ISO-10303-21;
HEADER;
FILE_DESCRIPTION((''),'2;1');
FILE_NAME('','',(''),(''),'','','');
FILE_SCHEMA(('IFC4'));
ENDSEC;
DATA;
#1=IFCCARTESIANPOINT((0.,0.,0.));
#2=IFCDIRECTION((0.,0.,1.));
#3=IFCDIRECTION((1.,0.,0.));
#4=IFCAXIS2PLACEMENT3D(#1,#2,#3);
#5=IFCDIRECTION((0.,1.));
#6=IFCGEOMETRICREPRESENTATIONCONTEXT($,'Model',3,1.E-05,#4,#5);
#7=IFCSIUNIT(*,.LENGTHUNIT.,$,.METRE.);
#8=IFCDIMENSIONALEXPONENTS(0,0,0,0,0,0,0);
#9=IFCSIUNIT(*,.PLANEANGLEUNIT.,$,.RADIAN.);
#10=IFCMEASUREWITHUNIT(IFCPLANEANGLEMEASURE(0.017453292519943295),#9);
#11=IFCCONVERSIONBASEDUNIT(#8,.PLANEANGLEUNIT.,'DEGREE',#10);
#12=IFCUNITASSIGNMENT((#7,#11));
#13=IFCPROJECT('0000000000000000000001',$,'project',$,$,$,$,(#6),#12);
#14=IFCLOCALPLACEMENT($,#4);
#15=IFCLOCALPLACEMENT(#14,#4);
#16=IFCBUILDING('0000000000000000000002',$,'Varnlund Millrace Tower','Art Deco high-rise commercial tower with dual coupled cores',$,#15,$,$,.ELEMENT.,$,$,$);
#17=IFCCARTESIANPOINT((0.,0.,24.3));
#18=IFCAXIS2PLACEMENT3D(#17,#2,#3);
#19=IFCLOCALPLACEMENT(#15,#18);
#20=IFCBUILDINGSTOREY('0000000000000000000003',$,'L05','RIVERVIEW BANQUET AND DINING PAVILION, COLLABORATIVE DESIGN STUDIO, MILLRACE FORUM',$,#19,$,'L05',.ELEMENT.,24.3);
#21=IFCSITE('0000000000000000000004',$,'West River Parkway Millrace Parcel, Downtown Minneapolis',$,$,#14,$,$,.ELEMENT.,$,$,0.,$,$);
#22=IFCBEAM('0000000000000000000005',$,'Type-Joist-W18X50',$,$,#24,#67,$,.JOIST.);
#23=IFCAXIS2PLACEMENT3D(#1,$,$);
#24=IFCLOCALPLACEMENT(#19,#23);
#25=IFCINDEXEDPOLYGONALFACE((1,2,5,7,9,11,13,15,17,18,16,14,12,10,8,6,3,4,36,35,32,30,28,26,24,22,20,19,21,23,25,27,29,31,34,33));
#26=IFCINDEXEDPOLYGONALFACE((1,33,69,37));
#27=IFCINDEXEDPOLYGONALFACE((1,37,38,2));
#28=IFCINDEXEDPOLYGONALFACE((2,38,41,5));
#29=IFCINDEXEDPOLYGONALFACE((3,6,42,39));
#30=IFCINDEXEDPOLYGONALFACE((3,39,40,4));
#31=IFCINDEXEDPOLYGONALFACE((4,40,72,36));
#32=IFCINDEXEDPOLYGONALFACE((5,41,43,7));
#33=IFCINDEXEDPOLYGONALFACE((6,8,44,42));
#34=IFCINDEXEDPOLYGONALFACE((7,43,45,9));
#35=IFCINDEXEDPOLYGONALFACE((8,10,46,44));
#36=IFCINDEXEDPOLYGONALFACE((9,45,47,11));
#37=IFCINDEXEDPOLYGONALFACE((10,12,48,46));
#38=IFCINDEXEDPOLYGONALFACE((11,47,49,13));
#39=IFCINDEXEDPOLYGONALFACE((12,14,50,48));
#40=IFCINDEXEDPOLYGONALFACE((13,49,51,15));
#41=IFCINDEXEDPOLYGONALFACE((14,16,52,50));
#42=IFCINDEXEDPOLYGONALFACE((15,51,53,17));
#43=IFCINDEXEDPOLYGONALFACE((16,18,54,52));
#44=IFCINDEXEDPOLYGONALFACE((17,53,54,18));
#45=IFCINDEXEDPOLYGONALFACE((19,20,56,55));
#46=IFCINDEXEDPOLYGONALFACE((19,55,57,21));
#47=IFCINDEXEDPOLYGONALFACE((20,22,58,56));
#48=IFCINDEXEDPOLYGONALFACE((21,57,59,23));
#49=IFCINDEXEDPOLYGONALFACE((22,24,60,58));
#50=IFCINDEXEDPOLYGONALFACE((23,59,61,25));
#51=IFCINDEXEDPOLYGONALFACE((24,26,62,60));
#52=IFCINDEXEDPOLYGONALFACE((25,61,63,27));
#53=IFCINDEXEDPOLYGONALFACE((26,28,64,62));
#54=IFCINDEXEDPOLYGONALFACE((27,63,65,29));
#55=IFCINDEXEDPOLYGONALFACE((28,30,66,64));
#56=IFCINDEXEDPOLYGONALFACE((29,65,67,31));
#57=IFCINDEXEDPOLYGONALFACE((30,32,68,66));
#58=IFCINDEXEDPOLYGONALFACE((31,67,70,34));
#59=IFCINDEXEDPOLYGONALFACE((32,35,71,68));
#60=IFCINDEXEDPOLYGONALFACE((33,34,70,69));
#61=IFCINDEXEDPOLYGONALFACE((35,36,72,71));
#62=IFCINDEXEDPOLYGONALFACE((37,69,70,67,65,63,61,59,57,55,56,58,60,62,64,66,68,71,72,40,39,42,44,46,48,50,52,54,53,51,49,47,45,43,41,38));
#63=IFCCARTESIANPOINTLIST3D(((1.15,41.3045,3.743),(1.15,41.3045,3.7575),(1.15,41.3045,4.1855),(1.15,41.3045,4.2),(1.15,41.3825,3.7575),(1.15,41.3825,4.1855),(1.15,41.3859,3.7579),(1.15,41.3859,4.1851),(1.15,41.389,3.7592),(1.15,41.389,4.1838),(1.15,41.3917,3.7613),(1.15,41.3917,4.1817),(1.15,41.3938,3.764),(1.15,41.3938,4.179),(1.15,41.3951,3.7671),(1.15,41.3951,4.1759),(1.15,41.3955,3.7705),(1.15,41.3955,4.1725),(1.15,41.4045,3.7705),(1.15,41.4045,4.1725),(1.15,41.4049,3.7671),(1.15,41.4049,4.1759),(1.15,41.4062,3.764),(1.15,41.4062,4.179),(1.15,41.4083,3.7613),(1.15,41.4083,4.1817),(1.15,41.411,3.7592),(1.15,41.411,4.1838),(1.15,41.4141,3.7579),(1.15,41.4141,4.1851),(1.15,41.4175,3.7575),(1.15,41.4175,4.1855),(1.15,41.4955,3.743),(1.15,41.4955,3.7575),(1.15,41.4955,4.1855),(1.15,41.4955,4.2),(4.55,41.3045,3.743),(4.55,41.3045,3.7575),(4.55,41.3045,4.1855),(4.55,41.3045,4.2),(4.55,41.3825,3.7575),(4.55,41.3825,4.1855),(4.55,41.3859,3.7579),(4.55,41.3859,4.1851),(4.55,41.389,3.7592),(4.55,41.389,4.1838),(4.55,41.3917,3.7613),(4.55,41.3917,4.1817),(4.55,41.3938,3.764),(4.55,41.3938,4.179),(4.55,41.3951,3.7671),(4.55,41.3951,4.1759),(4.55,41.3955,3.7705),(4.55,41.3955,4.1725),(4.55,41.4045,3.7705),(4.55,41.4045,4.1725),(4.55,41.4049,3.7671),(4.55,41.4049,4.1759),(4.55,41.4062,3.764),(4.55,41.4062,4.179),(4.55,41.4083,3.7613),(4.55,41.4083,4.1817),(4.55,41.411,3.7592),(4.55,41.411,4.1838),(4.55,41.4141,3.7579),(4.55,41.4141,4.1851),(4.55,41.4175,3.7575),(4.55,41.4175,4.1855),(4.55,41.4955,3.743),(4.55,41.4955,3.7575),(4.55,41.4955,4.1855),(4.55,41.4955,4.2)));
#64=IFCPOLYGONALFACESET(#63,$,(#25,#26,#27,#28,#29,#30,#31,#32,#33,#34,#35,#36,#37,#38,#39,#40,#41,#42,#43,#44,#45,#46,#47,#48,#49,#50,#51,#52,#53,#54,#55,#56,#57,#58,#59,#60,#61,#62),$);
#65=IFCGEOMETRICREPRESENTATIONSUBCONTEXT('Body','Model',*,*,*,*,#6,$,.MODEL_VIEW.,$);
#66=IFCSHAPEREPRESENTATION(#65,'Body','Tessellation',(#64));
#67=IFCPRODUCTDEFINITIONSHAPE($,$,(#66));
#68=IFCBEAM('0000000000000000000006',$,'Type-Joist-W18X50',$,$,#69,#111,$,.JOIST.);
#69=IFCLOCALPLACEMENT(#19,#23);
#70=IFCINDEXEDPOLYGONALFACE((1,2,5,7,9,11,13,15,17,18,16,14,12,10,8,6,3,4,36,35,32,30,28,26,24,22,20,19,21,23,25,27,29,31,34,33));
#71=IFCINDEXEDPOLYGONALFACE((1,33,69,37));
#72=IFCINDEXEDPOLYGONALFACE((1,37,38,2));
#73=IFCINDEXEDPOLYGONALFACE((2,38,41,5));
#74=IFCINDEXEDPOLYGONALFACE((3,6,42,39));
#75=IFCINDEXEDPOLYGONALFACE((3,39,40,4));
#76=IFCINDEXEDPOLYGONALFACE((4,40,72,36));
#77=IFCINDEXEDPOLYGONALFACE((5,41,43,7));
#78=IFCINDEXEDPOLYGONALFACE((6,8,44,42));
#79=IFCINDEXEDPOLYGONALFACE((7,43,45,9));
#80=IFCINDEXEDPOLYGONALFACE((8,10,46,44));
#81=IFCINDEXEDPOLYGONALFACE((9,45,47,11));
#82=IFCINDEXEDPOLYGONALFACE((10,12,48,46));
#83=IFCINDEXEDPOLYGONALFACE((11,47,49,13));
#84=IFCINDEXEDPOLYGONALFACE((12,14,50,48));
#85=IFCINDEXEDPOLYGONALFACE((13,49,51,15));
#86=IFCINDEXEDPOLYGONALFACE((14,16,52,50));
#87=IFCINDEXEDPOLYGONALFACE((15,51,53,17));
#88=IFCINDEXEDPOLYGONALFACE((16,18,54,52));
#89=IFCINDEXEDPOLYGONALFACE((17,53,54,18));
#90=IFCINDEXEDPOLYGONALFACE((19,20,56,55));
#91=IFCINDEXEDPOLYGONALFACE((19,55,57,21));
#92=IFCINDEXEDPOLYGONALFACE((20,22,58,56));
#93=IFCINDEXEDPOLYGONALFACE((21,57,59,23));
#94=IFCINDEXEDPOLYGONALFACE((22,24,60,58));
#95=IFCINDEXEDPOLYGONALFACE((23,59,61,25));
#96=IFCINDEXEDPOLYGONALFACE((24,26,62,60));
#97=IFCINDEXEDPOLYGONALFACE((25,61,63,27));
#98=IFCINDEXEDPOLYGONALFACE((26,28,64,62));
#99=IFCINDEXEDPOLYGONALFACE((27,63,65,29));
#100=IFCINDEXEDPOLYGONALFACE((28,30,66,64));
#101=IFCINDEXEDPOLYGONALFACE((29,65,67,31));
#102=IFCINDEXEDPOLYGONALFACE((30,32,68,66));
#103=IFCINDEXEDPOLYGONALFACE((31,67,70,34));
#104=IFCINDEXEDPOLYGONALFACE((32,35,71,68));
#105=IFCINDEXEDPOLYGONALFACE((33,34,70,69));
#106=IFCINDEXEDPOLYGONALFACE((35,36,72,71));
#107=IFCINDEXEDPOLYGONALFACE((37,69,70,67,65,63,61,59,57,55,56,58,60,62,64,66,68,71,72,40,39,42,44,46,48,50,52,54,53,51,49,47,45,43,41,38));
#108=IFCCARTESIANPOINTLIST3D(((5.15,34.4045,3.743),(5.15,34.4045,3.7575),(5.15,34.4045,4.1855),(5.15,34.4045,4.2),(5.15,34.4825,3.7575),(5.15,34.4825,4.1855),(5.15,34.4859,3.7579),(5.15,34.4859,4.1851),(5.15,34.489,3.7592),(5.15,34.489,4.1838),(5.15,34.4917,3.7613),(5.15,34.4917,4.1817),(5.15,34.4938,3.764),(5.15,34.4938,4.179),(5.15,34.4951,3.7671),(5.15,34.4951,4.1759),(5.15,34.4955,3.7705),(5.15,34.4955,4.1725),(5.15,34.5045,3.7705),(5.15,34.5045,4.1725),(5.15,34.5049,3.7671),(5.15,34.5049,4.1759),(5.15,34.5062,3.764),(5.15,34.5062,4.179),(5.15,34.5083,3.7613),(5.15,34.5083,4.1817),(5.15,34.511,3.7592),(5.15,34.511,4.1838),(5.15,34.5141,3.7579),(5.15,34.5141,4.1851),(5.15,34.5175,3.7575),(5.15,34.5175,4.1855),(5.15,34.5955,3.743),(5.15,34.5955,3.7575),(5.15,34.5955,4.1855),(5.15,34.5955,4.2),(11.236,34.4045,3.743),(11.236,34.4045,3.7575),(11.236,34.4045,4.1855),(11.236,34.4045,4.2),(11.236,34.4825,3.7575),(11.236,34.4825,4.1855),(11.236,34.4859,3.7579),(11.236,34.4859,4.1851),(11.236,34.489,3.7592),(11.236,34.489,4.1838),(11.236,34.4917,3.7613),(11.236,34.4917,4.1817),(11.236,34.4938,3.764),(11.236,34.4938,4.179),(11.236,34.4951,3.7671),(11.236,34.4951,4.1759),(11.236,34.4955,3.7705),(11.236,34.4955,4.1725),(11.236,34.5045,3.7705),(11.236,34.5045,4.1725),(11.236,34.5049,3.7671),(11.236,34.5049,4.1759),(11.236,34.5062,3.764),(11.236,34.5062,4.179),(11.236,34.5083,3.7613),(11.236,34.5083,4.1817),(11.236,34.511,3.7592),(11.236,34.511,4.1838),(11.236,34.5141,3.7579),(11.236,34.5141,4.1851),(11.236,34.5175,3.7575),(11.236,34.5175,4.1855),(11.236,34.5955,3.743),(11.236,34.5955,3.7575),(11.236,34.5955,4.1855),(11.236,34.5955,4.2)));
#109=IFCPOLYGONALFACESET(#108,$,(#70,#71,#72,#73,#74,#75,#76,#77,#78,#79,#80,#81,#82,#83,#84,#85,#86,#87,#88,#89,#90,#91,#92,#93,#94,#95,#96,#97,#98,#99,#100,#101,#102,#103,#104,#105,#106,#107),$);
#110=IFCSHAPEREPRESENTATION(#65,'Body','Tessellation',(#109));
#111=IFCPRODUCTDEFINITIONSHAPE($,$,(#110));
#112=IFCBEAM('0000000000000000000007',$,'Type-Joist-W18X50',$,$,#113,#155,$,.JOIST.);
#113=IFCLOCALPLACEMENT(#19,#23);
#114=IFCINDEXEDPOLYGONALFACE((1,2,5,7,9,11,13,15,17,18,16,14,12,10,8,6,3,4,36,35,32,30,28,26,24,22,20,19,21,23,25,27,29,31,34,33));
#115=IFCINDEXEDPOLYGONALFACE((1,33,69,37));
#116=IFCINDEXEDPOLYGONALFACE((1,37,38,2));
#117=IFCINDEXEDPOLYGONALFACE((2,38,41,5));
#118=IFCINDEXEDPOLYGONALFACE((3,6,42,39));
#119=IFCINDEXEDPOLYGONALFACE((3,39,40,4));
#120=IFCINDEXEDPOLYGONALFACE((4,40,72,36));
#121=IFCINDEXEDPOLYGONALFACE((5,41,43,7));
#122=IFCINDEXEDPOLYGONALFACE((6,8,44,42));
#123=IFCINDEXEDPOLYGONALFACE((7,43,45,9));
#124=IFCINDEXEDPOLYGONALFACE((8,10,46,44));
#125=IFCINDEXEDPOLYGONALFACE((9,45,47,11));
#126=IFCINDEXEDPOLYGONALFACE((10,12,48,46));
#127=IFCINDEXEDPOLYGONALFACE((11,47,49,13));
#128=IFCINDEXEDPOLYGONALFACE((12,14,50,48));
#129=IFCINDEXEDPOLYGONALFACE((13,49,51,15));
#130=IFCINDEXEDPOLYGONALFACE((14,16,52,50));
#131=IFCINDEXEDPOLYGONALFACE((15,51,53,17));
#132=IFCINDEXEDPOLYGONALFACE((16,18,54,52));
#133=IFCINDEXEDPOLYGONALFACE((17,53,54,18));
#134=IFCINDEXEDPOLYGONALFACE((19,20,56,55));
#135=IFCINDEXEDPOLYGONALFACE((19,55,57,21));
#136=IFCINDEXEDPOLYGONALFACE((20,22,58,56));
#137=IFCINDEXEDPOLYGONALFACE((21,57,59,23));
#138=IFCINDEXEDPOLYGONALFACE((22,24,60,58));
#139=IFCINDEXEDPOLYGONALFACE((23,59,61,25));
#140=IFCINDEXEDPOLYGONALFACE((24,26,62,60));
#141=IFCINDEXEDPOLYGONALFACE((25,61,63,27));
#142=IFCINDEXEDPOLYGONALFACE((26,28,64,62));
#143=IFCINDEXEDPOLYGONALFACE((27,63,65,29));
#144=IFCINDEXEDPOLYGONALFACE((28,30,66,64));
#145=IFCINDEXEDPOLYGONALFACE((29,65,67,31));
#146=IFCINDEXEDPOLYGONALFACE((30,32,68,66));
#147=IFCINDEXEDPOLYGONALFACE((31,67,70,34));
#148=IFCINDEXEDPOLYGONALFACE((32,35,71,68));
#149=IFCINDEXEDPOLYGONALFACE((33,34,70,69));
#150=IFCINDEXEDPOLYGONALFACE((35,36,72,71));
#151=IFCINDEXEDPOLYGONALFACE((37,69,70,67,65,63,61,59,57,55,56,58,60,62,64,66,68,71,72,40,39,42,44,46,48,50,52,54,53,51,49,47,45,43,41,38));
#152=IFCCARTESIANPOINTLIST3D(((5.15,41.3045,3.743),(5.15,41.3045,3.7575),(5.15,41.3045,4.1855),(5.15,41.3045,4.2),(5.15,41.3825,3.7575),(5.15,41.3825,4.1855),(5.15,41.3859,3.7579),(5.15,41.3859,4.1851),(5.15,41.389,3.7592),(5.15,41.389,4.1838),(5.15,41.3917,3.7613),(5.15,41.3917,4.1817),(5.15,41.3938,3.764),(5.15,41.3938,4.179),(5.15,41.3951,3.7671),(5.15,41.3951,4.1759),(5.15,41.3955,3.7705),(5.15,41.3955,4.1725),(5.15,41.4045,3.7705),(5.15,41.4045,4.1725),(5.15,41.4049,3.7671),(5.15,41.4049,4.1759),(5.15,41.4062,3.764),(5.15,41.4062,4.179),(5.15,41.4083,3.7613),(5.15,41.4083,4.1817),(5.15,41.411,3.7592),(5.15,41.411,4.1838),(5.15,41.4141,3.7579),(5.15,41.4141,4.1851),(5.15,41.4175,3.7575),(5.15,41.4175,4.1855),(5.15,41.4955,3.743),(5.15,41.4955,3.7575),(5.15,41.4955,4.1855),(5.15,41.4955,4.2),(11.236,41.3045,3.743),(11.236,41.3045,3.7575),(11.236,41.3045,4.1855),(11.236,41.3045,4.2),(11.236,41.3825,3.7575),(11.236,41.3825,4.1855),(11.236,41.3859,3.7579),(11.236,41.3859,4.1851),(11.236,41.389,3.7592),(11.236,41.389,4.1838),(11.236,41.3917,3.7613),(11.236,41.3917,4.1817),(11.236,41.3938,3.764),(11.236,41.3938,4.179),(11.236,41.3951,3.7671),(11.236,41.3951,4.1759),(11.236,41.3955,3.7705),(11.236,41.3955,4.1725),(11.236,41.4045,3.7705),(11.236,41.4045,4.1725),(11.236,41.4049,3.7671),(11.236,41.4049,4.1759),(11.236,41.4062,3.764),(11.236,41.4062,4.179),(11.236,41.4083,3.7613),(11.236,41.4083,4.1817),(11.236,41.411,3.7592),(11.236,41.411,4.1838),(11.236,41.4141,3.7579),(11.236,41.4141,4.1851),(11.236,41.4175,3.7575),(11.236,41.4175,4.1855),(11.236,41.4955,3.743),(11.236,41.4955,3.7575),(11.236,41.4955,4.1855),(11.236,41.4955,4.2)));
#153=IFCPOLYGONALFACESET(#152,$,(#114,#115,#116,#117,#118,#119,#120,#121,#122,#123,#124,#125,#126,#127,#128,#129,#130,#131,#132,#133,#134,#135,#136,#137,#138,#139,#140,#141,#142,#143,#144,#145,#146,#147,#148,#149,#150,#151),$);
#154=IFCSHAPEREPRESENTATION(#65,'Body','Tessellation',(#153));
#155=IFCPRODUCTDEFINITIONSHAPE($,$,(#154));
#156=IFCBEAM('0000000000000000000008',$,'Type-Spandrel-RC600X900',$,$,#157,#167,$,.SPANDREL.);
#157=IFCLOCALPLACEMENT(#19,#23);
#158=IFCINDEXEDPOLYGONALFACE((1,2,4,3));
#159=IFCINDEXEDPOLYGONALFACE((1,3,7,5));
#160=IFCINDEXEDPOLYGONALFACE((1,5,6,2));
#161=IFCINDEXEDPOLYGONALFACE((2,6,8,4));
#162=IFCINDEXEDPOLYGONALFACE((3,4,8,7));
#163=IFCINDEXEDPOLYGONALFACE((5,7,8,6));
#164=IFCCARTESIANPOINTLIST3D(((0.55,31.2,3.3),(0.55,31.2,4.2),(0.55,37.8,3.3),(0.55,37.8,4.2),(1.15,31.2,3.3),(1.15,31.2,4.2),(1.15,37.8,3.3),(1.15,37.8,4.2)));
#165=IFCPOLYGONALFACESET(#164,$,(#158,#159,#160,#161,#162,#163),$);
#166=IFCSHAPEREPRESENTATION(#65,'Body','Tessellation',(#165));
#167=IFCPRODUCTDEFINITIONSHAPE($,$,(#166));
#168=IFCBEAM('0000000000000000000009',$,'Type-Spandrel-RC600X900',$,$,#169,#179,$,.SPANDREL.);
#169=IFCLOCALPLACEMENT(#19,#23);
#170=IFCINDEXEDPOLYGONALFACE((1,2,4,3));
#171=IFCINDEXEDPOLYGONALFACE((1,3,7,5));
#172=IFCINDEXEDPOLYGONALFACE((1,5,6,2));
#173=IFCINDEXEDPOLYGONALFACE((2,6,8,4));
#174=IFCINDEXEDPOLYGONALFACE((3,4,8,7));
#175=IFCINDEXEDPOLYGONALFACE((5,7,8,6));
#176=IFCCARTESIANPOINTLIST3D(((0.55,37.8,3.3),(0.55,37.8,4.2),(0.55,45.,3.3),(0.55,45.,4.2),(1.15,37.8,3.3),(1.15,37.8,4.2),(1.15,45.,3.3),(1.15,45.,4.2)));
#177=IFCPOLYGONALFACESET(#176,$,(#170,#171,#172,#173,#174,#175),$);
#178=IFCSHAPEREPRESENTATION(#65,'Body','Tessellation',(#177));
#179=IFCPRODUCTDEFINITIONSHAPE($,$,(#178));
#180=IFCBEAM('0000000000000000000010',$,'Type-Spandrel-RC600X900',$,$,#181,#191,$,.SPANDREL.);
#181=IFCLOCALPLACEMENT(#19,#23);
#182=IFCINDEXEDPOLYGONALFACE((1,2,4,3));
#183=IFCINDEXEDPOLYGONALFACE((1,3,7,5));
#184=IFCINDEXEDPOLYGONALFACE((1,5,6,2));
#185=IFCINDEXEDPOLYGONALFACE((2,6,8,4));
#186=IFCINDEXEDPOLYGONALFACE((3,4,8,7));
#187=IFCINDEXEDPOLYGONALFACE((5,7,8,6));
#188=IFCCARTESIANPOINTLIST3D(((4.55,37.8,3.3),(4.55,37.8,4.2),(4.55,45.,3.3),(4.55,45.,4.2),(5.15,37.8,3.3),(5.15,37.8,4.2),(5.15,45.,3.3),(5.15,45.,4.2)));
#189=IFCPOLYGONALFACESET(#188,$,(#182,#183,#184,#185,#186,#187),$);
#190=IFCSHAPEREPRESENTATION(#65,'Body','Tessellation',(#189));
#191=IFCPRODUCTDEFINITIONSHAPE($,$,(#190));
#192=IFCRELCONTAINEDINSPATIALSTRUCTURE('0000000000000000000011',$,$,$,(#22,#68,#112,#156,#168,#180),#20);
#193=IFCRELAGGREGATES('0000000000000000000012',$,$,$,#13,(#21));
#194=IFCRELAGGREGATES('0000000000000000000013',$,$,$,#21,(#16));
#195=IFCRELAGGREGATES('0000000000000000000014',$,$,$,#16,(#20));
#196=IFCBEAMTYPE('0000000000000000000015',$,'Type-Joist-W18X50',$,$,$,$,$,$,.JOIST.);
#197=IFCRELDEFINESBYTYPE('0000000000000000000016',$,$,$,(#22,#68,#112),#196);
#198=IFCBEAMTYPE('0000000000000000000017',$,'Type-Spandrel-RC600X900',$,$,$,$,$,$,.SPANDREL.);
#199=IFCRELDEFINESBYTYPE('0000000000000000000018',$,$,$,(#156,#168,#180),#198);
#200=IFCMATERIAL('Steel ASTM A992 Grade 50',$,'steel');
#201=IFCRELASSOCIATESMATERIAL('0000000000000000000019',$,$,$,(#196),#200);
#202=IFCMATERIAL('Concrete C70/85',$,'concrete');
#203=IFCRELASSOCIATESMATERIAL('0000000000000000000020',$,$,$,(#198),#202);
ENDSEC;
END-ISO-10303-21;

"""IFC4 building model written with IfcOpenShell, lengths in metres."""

from ifc_helpers import new_model, entity, si_unit, converted_unit, direction, frame, origin_with_axes, origin_2d_with_axis, place, context, subcontext, project, spatial, rectangle, i_section, extrude, material, material_profile, profile_set, type_object, element, save


model = new_model("IFC4")

# Units and contexts
model_context = context("Model", 3, precision=1e-05, world=origin_with_axes(), true_north=direction((0.0, 1.0)))
body_context = subcontext(model_context, "Body", "Model", "MODEL_VIEW")
ifc_project = project(units=[si_unit("LENGTHUNIT", "METRE"), converted_unit("PLANEANGLEUNIT", "DEGREE", entity("IfcPlaneAngleMeasure", 0.017453292519943295), si_unit("PLANEANGLEUNIT", "RADIAN"), dimensions=[0, 0, 0, 0, 0, 0, 0])], contexts=[model_context])

# Site, building, storey
site_placement = place(None, origin_with_axes())
site = spatial("IfcSite", under=ifc_project, at=site_placement, Name="West River Parkway Millrace Parcel, Downtown Minneapolis", CompositionType="ELEMENT", RefElevation=0.0)
building_placement = place(site_placement, origin_with_axes())
building = spatial("IfcBuilding", under=site, at=building_placement, Name="Varnlund Millrace Tower", Description="Art Deco high-rise commercial tower with dual coupled cores", CompositionType="ELEMENT")
storey_placement = place(building_placement, frame((0.0, 0.0, 24.3), z_axis=(0.0, 0.0, 1.0), x_axis=(1.0, 0.0, 0.0)))
storey = spatial("IfcBuildingStorey", under=building, at=storey_placement, Name="L05", Description="RIVERVIEW BANQUET AND DINING PAVILION, COLLABORATIVE DESIGN STUDIO, MILLRACE FORUM", LongName="L05", CompositionType="ELEMENT", Elevation=24.3)

# Beams
ifc_material_1 = material(Name="Steel ASTM A992 Grade 50", Category="steel")
ifc_material_profile_1 = material_profile(ifc_material_1, i_section(OverallWidth=0.191, OverallDepth=0.457, WebThickness=0.009, FlangeThickness=0.0145, FilletRadius=0.013, at=origin_2d_with_axis()), Name="Steel ASTM A992 Grade 50")
ifc_profile_set_1 = profile_set([ifc_material_profile_1], Name="Steel ASTM A992 Grade 50")
beam_type_1 = type_object("IfcBeamType", Name="Type-Joist-W18X50", PredefinedType="JOIST", material=ifc_profile_set_1)
for number, where, z_axis, x_axis, name in (
    (1, (1.15, 41.4, 3.9715), (1.0, 0.0, 0.0), (0.0, 1.0, 0.0), "Type-Joist-W18X50"),
):
    element("IfcBeam", number, at=place(storey_placement, frame(where, z_axis=z_axis, x_axis=x_axis)), inside=storey, type_object=beam_type_1, Name=name, PredefinedType="JOIST", context=body_context, shape_type="SweptSolid", body=[
        extrude(i_section(OverallWidth=0.191, OverallDepth=0.457, WebThickness=0.009, FlangeThickness=0.0145, FilletRadius=0.013, at=origin_2d_with_axis()), origin_with_axes(), (0.0, 0.0, 1.0), 3.4),
    ])
for number, where, z_axis, x_axis, name in (
    (2, (5.15, 34.5, 3.9715), (1.0, 0.0, 0.0), (0.0, 1.0, 0.0), "Type-Joist-W18X50"),
    (3, (5.15, 41.4, 3.9715), (1.0, 0.0, 0.0), (0.0, 1.0, 0.0), "Type-Joist-W18X50"),
):
    element("IfcBeam", number, at=place(storey_placement, frame(where, z_axis=z_axis, x_axis=x_axis)), inside=storey, type_object=beam_type_1, Name=name, PredefinedType="JOIST", context=body_context, shape_type="SweptSolid", body=[
        extrude(i_section(OverallWidth=0.191, OverallDepth=0.457, WebThickness=0.009, FlangeThickness=0.0145, FilletRadius=0.013, at=origin_2d_with_axis()), origin_with_axes(), (0.0, 0.0, 1.0), 6.086),
    ])
ifc_material_2 = material(Name="Concrete C70/85", Category="concrete")
ifc_material_profile_2 = material_profile(ifc_material_2, rectangle(XDim=0.6, YDim=0.9, at=origin_2d_with_axis()), Name="Concrete C70/85")
ifc_profile_set_2 = profile_set([ifc_material_profile_2], Name="Concrete C70/85")
beam_type_2 = type_object("IfcBeamType", Name="Type-Spandrel-RC600X900", PredefinedType="SPANDREL", material=ifc_profile_set_2)
beam_1_placement = place(storey_placement, frame((0.85, 31.2, 3.75), z_axis=(0.0, 1.0, 0.0), x_axis=(-1.0, 0.0, 0.0)))
element("IfcBeam", 4, at=beam_1_placement, inside=storey, type_object=beam_type_2, Name="Type-Spandrel-RC600X900", PredefinedType="SPANDREL", context=body_context, shape_type="SweptSolid", body=[
    extrude(rectangle(XDim=0.6, YDim=0.9, at=origin_2d_with_axis()), origin_with_axes(), (0.0, 0.0, 1.0), 6.6),
])
for number, where, z_axis, x_axis, name in (
    (5, (0.85, 37.8, 3.75), (0.0, 1.0, 0.0), (-1.0, 0.0, 0.0), "Type-Spandrel-RC600X900"),
    (6, (4.85, 37.8, 3.75), (0.0, 1.0, 0.0), (-1.0, 0.0, 0.0), "Type-Spandrel-RC600X900"),
):
    element("IfcBeam", number, at=place(storey_placement, frame(where, z_axis=z_axis, x_axis=x_axis)), inside=storey, type_object=beam_type_2, Name=name, PredefinedType="SPANDREL", context=body_context, shape_type="SweptSolid", body=[
        extrude(rectangle(XDim=0.6, YDim=0.9, at=origin_2d_with_axis()), origin_with_axes(), (0.0, 0.0, 1.0), 7.2),
    ])

save(model, "model.ifc")
